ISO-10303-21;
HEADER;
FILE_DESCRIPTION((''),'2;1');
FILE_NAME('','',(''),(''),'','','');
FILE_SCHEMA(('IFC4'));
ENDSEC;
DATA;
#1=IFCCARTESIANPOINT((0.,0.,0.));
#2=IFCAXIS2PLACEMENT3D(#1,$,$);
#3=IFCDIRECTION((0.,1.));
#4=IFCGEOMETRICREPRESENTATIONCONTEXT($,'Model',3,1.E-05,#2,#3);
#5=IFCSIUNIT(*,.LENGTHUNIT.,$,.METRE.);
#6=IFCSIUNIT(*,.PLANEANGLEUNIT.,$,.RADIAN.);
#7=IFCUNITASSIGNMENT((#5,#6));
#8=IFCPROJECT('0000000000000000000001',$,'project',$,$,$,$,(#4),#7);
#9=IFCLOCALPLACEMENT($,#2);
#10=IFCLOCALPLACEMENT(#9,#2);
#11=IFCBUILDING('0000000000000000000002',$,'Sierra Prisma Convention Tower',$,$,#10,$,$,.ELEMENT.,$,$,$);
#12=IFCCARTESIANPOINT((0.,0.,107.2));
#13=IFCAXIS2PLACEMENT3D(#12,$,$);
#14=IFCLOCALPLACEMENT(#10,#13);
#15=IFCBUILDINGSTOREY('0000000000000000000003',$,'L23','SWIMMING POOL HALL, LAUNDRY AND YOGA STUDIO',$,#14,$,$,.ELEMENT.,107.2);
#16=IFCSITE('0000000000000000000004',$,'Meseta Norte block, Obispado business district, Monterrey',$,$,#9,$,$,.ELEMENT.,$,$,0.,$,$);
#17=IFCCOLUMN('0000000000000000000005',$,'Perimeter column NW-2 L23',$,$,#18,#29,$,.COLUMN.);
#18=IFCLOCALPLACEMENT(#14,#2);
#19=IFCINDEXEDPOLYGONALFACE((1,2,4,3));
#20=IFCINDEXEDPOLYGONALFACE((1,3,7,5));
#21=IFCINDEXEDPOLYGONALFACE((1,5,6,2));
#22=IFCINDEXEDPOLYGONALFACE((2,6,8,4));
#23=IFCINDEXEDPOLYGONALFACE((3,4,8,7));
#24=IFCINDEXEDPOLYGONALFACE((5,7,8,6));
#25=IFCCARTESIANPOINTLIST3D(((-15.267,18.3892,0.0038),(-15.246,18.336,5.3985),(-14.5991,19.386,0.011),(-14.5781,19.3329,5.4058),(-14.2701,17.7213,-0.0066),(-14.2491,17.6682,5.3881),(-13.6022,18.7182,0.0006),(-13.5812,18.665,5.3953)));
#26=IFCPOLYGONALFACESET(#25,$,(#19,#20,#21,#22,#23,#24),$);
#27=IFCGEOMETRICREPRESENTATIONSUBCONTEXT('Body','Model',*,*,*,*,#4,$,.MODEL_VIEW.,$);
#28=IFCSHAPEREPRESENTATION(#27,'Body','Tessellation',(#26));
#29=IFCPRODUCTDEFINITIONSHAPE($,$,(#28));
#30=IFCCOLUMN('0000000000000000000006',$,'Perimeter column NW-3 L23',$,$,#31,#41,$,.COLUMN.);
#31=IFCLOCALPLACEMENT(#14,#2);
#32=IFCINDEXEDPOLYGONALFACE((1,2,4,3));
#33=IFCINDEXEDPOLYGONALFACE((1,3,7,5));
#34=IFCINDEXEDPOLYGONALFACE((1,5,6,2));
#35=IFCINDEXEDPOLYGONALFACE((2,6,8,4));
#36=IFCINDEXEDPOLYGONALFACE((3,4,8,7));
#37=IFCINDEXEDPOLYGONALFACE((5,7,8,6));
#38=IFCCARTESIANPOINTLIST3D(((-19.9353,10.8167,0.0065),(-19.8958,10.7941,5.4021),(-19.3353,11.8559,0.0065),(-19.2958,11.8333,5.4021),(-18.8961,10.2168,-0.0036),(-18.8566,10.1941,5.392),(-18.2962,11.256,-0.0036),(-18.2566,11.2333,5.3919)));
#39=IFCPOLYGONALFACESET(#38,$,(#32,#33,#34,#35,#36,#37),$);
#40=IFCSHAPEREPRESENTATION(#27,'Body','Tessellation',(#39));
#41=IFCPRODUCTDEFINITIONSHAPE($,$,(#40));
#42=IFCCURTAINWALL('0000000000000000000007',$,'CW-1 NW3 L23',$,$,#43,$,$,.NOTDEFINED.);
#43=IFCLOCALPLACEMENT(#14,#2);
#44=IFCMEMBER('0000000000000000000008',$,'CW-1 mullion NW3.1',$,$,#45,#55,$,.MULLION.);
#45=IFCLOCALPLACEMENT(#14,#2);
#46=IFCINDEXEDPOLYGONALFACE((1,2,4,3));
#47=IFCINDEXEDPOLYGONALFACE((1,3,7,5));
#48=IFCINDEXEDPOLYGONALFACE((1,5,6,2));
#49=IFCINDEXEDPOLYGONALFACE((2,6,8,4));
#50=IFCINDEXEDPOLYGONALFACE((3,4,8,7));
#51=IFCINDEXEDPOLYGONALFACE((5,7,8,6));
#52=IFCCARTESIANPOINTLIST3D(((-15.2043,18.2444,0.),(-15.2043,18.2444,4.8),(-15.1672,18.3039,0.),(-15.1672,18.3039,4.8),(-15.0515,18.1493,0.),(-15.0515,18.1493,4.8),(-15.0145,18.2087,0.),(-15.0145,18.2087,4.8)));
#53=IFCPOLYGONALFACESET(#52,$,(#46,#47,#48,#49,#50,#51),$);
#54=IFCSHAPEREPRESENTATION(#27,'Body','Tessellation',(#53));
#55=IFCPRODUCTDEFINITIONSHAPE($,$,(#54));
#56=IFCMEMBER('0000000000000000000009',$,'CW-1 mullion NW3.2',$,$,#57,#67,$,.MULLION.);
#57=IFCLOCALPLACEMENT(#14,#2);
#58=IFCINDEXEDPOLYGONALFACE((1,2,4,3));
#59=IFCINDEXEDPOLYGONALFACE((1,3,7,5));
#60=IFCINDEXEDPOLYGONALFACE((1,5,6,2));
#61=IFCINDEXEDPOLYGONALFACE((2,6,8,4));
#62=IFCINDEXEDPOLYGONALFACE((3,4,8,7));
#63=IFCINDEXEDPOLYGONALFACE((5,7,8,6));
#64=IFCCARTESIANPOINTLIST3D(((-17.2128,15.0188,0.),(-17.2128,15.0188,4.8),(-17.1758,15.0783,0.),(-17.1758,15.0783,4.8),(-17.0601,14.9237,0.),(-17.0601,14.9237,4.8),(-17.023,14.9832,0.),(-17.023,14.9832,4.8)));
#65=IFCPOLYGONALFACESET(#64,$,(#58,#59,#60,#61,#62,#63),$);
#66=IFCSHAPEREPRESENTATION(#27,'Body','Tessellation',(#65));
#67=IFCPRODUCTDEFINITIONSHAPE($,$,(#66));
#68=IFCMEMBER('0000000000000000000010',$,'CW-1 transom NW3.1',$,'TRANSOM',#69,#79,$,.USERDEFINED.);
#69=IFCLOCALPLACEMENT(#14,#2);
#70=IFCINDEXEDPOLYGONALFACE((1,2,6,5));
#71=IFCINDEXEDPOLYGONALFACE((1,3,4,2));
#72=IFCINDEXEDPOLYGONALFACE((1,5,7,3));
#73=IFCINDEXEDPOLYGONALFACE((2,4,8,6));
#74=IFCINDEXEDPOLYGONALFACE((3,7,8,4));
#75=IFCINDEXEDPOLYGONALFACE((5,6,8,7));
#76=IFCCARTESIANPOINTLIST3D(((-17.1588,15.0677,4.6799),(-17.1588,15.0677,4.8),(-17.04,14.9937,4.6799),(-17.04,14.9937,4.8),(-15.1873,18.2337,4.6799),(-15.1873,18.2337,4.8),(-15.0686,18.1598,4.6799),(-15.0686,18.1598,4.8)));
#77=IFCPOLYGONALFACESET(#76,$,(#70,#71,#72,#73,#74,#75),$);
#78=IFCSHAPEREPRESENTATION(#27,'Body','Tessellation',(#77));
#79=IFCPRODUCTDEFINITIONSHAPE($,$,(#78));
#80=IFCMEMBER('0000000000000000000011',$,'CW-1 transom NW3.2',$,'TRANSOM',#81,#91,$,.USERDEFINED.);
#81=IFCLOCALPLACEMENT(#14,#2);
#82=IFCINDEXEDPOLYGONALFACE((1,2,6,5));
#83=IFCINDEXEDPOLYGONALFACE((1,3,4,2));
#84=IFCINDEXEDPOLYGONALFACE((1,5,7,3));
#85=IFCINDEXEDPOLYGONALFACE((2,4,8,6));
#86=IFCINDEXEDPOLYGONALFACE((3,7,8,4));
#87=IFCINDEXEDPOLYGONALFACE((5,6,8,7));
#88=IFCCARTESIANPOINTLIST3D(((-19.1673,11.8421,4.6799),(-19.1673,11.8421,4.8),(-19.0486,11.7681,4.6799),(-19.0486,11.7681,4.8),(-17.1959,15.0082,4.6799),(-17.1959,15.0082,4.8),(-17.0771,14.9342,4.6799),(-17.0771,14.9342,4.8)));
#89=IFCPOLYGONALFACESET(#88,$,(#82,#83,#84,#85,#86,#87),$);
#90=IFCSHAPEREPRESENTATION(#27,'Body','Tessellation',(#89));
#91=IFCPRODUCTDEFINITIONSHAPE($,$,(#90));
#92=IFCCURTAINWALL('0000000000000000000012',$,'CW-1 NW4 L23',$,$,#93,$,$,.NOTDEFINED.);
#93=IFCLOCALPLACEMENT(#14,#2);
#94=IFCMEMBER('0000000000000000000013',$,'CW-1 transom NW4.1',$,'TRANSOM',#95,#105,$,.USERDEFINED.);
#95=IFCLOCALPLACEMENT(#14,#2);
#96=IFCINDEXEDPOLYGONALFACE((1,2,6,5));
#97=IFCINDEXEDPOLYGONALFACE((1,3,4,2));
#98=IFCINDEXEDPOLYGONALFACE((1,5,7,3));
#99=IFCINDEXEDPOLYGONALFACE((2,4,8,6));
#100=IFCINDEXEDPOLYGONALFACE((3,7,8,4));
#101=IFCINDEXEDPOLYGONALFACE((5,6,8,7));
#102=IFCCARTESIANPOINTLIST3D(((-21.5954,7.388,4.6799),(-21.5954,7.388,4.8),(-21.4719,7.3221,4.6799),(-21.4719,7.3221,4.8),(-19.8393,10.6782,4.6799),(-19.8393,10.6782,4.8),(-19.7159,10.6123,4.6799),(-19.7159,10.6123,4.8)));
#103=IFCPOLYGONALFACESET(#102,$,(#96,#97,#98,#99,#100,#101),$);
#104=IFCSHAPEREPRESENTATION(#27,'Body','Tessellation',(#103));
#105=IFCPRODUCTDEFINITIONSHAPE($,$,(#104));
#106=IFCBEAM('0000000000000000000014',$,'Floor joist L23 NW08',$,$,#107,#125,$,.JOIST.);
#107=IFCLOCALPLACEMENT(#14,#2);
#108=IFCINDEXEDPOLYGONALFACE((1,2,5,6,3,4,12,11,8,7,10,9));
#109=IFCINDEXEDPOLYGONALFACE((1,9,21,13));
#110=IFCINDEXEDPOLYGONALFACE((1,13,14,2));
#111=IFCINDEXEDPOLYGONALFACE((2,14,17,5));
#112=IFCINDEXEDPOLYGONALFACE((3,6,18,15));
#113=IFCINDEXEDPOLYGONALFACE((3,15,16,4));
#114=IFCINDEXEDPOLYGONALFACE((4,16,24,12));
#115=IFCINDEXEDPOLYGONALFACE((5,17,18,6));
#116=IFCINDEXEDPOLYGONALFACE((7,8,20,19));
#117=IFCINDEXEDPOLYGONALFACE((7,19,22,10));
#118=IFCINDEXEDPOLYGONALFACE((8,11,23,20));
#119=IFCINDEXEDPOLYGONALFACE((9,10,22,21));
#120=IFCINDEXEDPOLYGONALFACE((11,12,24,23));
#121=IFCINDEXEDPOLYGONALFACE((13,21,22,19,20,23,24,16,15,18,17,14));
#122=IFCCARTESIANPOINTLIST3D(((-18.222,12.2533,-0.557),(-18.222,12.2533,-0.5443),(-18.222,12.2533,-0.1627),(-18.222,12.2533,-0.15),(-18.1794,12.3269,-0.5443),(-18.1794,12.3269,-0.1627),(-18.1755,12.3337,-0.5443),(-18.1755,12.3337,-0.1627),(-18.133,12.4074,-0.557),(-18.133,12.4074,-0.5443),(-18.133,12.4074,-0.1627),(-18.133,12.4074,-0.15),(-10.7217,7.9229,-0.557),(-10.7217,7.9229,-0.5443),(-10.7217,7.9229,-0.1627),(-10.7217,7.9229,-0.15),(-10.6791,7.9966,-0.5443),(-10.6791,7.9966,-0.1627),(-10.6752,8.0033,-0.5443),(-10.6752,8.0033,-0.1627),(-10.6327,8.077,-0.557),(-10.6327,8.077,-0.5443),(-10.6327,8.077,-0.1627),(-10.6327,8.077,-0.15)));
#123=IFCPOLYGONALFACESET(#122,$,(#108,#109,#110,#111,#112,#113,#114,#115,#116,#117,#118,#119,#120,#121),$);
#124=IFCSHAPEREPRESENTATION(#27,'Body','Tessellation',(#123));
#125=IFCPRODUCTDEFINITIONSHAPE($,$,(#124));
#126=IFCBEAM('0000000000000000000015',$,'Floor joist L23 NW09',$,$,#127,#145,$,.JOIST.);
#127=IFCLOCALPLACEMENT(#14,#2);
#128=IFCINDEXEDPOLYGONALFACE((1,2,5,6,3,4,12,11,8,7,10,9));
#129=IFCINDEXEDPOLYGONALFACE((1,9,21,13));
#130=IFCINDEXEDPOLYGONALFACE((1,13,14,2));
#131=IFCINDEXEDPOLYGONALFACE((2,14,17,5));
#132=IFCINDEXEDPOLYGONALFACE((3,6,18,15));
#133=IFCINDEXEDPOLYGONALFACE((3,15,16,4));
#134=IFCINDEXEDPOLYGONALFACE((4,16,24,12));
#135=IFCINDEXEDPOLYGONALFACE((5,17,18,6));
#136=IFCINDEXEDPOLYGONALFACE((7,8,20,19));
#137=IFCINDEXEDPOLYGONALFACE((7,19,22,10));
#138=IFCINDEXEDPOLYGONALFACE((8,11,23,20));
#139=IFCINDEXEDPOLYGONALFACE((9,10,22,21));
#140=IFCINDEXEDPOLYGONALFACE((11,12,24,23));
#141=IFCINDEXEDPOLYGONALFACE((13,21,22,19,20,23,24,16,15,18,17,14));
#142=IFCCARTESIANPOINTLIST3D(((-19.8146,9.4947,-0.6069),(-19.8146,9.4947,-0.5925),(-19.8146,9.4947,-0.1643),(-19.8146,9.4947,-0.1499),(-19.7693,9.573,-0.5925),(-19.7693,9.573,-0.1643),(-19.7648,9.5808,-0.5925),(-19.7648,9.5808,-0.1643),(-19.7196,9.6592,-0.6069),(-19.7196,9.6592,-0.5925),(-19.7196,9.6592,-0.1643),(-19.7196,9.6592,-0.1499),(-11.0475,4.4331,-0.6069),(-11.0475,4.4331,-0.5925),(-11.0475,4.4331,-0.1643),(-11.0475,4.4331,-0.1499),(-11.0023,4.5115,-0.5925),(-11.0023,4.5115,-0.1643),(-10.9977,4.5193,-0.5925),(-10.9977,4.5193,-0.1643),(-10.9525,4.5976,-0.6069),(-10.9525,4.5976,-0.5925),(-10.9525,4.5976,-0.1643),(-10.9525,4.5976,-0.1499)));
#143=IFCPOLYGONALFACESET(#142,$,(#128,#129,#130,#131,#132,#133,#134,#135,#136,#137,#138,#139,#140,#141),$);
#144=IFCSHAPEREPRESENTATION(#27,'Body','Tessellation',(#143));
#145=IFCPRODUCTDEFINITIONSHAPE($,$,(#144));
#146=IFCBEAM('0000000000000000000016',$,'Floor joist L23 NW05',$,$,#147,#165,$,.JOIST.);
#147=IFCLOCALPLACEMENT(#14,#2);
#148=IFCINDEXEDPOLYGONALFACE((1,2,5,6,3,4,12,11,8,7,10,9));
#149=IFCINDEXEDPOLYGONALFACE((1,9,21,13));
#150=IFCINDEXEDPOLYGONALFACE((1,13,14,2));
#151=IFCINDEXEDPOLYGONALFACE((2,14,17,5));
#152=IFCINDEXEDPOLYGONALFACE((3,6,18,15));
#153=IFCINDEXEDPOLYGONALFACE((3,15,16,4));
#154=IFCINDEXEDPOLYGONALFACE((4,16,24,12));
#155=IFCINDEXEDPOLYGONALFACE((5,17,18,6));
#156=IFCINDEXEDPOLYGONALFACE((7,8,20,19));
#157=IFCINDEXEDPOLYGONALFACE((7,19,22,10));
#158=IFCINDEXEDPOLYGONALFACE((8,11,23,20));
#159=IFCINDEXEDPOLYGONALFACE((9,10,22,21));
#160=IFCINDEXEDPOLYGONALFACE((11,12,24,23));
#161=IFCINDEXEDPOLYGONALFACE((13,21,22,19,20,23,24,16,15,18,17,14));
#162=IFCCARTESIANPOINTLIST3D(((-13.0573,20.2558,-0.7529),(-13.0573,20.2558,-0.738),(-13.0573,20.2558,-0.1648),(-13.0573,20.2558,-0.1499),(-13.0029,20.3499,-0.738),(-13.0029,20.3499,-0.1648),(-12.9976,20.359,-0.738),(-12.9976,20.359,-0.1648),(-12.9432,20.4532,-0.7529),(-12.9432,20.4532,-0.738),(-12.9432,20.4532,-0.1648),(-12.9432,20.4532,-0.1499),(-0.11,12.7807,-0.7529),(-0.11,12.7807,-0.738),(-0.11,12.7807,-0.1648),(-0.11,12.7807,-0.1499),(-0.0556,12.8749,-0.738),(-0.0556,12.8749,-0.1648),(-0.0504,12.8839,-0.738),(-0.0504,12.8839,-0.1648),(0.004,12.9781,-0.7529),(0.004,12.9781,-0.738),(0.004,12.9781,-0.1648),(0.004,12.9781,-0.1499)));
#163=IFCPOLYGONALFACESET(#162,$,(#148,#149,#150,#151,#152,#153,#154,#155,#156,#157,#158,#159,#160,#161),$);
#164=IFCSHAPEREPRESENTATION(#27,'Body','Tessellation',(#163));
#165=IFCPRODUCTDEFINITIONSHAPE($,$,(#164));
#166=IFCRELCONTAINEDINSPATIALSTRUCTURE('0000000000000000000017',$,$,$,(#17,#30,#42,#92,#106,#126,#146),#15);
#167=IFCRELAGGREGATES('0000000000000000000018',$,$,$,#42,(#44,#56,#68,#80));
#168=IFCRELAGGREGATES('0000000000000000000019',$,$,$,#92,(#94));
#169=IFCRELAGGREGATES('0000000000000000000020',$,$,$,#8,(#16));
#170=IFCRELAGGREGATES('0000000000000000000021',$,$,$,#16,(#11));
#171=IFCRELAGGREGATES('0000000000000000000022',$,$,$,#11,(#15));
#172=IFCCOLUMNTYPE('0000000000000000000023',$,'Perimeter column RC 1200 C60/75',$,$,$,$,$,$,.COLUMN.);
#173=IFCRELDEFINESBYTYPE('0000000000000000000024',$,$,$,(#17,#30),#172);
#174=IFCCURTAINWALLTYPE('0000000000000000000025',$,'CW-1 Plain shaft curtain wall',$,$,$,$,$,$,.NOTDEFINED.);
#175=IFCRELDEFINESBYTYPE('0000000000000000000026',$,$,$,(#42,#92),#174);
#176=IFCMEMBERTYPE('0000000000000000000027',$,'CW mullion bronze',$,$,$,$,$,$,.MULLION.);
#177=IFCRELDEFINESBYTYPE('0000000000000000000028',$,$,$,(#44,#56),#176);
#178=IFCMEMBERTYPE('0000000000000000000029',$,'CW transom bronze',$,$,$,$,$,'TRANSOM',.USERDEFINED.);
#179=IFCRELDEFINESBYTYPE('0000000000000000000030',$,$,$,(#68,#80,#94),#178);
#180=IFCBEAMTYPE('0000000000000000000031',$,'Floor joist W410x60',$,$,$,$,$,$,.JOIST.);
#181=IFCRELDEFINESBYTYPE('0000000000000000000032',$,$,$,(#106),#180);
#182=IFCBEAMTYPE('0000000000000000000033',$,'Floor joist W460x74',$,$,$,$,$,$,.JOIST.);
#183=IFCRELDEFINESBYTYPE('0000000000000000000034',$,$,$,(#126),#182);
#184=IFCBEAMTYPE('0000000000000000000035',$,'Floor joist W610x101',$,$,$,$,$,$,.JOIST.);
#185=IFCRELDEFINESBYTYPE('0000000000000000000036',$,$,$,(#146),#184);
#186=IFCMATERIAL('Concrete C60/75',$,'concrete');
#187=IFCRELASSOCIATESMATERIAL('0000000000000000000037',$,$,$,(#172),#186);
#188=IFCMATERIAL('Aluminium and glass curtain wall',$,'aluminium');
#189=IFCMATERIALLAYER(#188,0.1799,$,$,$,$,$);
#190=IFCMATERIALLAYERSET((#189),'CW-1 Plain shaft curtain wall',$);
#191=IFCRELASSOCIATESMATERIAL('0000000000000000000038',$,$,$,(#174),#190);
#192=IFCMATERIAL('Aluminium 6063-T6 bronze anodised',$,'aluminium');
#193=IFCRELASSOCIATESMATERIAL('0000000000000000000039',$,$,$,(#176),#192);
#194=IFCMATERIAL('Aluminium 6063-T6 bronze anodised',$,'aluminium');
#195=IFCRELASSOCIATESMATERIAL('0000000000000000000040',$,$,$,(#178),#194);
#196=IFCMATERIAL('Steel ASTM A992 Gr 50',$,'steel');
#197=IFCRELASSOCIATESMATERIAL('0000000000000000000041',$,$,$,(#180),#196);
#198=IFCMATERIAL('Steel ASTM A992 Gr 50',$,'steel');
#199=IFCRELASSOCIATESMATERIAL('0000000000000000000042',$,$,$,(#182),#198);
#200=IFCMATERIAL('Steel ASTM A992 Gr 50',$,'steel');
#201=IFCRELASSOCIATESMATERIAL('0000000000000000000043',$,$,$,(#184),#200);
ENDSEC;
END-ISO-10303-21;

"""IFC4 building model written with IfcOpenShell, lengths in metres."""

from ifc_helpers import new_model, si_unit, direction, frame, origin, origin_2d, place, context, subcontext, project, spatial, rectangle, i_section, extrude, clip, halfspace, material, layer, layer_set, material_profile, profile_set, type_object, element, aggregate, save


model = new_model("IFC4")

# Units and contexts
model_context = context("Model", 3, precision=1e-05, world=origin(), true_north=direction((0.0, 1.0)))
body_context = subcontext(model_context, "Body", "Model", "MODEL_VIEW")
ifc_project = project(units=[si_unit("LENGTHUNIT", "METRE"), si_unit("PLANEANGLEUNIT", "RADIAN")], contexts=[model_context])

# Site, building, storey
site_placement = place(None, origin())
site = spatial("IfcSite", under=ifc_project, at=site_placement, Name="Meseta Norte block, Obispado business district, Monterrey", CompositionType="ELEMENT", RefElevation=0.0)
building_placement = place(site_placement, origin())
building = spatial("IfcBuilding", under=site, at=building_placement, Name="Sierra Prisma Convention Tower", CompositionType="ELEMENT")
storey_placement = place(building_placement, frame((0.0, 0.0, 107.2)))
storey = spatial("IfcBuildingStorey", under=building, at=storey_placement, Name="L23", Description="SWIMMING POOL HALL, LAUNDRY AND YOGA STUDIO", CompositionType="ELEMENT", Elevation=107.2)

# Columns
ifc_material_1 = material(Name="Concrete C60/75", Category="concrete")
ifc_material_profile_1 = material_profile(ifc_material_1, rectangle(XDim=1.2, YDim=1.2, at=origin_2d()), Name="Perimeter column RC 1200 C60/75")
ifc_profile_set_1 = profile_set([ifc_material_profile_1], Name="Concrete C60/75")
column_type = type_object("IfcColumnType", Name="Perimeter column RC 1200 C60/75", PredefinedType="COLUMN", material=ifc_profile_set_1)
column_1_placement = place(storey_placement, frame((-14.4346, 18.5537, 0.0), z_axis=(0.003888, -0.009855, 0.999944), x_axis=(0.5566, 0.830759, 0.006024)))
element("IfcColumn", 1, at=column_1_placement, inside=storey, type_object=column_type, Name="Perimeter column NW-2 L23", PredefinedType="COLUMN", context=body_context, shape_type="SweptSolid", body=[
    clip(clip(extrude(rectangle(XDim=1.2, YDim=1.2, at=origin_2d()), origin(), (0.0, 0.0, 1.0), 5.4004), halfspace(frame((0.0, 0.0, 0.0022)), True)), halfspace(frame((0.0, 0.0, 5.3972)), False)),
])
column_2_placement = place(storey_placement, frame((-19.1157, 11.0364, 0.0), z_axis=(0.007324, -0.004204, 0.999964), x_axis=(0.499987, 0.866033, -0.000021)))
element("IfcColumn", 2, at=column_2_placement, inside=storey, type_object=column_type, Name="Perimeter column NW-3 L23", PredefinedType="COLUMN", context=body_context, shape_type="SweptSolid", body=[
    clip(clip(extrude(rectangle(XDim=1.2, YDim=1.2, at=origin_2d()), origin(), (0.0, 0.0, 1.0), 5.4004), halfspace(frame((0.0, 0.0, 0.0015)), True)), halfspace(frame((0.0, 0.0, 5.3972)), False)),
])

# Curtain wall, members
ifc_material_2 = material(Name="Aluminium and glass curtain wall", Category="aluminium")
ifc_layer_1 = layer(ifc_material_2, 0.1799)
ifc_layer_set_1 = layer_set([ifc_layer_1], Name="CW-1 Plain shaft curtain wall")
curtain_wall_type = type_object("IfcCurtainWallType", Name="CW-1 Plain shaft curtain wall", PredefinedType="NOTDEFINED", material=ifc_layer_set_1)
curtain_wall_1_placement = place(storey_placement, origin())
curtain_wall_1 = element("IfcCurtainWall", 3, at=curtain_wall_1_placement, inside=storey, type_object=curtain_wall_type, Name="CW-1 NW3 L23", PredefinedType="NOTDEFINED")
ifc_material_3 = material(Name="Aluminium 6063-T6 bronze anodised", Category="aluminium")
ifc_material_profile_2 = material_profile(ifc_material_3, rectangle(XDim=0.1799, YDim=0.0701, at=origin_2d()), Name="ALU MULLION 70x180")
ifc_profile_set_2 = profile_set([ifc_material_profile_2], Name="Aluminium 6063-T6 bronze anodised")
member_type_1 = type_object("IfcMemberType", Name="CW mullion bronze", PredefinedType="MULLION", material=ifc_profile_set_2)
member_1_placement = place(storey_placement, frame((-15.1094, 18.2266, 0.0), z_axis=(0.0, 0.0, 1.0), x_axis=(0.848874, -0.528596, 0.0)))
member_1 = element("IfcMember", 4, at=member_1_placement, type_object=member_type_1, Name="CW-1 mullion NW3.1", PredefinedType="MULLION", context=body_context, shape_type="SweptSolid", body=[
    extrude(rectangle(XDim=0.1799, YDim=0.0701, at=origin_2d()), origin(), (0.0, 0.0, 1.0), 4.8),
])
member_2_placement = place(storey_placement, frame((-17.1179, 15.001, 0.0), z_axis=(0.0, 0.0, 1.0), x_axis=(0.848874, -0.528596, 0.0)))
member_2 = element("IfcMember", 5, at=member_2_placement, type_object=member_type_1, Name="CW-1 mullion NW3.2", PredefinedType="MULLION", context=body_context, shape_type="SweptSolid", body=[
    extrude(rectangle(XDim=0.1799, YDim=0.0701, at=origin_2d()), origin(), (0.0, 0.0, 1.0), 4.8),
])
ifc_material_4 = material(Name="Aluminium 6063-T6 bronze anodised", Category="aluminium")
ifc_material_profile_3 = material_profile(ifc_material_4, rectangle(XDim=0.1399, YDim=0.1201, at=origin_2d()), Name="ALU TRANSOM 120x140")
ifc_profile_set_3 = profile_set([ifc_material_profile_3], Name="Aluminium 6063-T6 bronze anodised")
member_type_2 = type_object("IfcMemberType", Name="CW transom bronze", ElementType="TRANSOM", PredefinedType="USERDEFINED", material=ifc_profile_set_3)
member_3_placement = place(storey_placement, frame((-15.1279, 18.1968, 4.74), z_axis=(-0.528586, -0.84888, 0.0), x_axis=(0.84888, -0.528586, 0.0)))
member_3 = element("IfcMember", 6, at=member_3_placement, type_object=member_type_2, Name="CW-1 transom NW3.1", ObjectType="TRANSOM", PredefinedType="USERDEFINED", context=body_context, shape_type="SweptSolid", body=[
    extrude(rectangle(XDim=0.1399, YDim=0.1201, at=origin_2d()), origin(), (0.0, 0.0, 1.0), 3.7297),
])
member_4_placement = place(storey_placement, frame((-17.1365, 14.9712, 4.74), z_axis=(-0.528586, -0.84888, 0.0), x_axis=(0.84888, -0.528586, 0.0)))
member_4 = element("IfcMember", 7, at=member_4_placement, type_object=member_type_2, Name="CW-1 transom NW3.2", ObjectType="TRANSOM", PredefinedType="USERDEFINED", context=body_context, shape_type="SweptSolid", body=[
    extrude(rectangle(XDim=0.1399, YDim=0.1201, at=origin_2d()), origin(), (0.0, 0.0, 1.0), 3.7297),
])

# Curtain wall, member
curtain_wall_2_placement = place(storey_placement, origin())
curtain_wall_2 = element("IfcCurtainWall", 8, at=curtain_wall_2_placement, inside=storey, type_object=curtain_wall_type, Name="CW-1 NW4 L23", PredefinedType="NOTDEFINED")
member_5_placement = place(storey_placement, frame((-19.7776, 10.6453, 4.74), z_axis=(-0.470857, -0.88221, 0.0), x_axis=(0.88221, -0.470857, 0.0)))
member_5 = element("IfcMember", 9, at=member_5_placement, type_object=member_type_2, Name="CW-1 transom NW4.1", ObjectType="TRANSOM", PredefinedType="USERDEFINED", context=body_context, shape_type="SweptSolid", body=[
    extrude(rectangle(XDim=0.1399, YDim=0.1201, at=origin_2d()), origin(), (0.0, 0.0, 1.0), 3.7295),
])

# Beams
ifc_material_5 = material(Name="Steel ASTM A992 Gr 50", Category="steel")
ifc_material_profile_4 = material_profile(ifc_material_5, i_section(OverallWidth=0.178, OverallDepth=0.407, WebThickness=0.0078, FlangeThickness=0.0127, at=origin_2d()), Name="W410x60")
ifc_profile_set_4 = profile_set([ifc_material_profile_4], Name="Steel ASTM A992 Gr 50")
beam_type_1 = type_object("IfcBeamType", Name="Floor joist W410x60", PredefinedType="JOIST", material=ifc_profile_set_4)
beam_1_placement = place(storey_placement, frame((-18.1775, 12.3303, -0.3535), z_axis=(0.866023, -0.500005, 0.0), x_axis=(0.500005, 0.866023, 0.0)))
element("IfcBeam", 10, at=beam_1_placement, inside=storey, type_object=beam_type_1, Name="Floor joist L23 NW08", PredefinedType="JOIST", context=body_context, shape_type="SweptSolid", body=[
    extrude(i_section(OverallWidth=0.178, OverallDepth=0.407, WebThickness=0.0078, FlangeThickness=0.0127, at=origin_2d()), origin(), (0.0, 0.0, 1.0), 8.6606),
])
ifc_material_6 = material(Name="Steel ASTM A992 Gr 50", Category="steel")
ifc_material_profile_5 = material_profile(ifc_material_6, i_section(OverallWidth=0.1899, OverallDepth=0.457, WebThickness=0.009, FlangeThickness=0.0144, at=origin_2d()), Name="W460x74")
ifc_profile_set_5 = profile_set([ifc_material_profile_5], Name="Steel ASTM A992 Gr 50")
beam_type_2 = type_object("IfcBeamType", Name="Floor joist W460x74", PredefinedType="JOIST", material=ifc_profile_set_5)
beam_2_placement = place(storey_placement, frame((-19.7671, 9.5769, -0.3784), z_axis=(0.866032, -0.499988, 0.0), x_axis=(0.499988, 0.866032, 0.0)))
element("IfcBeam", 11, at=beam_2_placement, inside=storey, type_object=beam_type_2, Name="Floor joist L23 NW09", PredefinedType="JOIST", context=body_context, shape_type="SweptSolid", body=[
    extrude(i_section(OverallWidth=0.1899, OverallDepth=0.457, WebThickness=0.009, FlangeThickness=0.0144, at=origin_2d()), origin(), (0.0, 0.0, 1.0), 10.1233),
])
ifc_material_7 = material(Name="Steel ASTM A992 Gr 50", Category="steel")
ifc_material_profile_6 = material_profile(ifc_material_7, i_section(OverallWidth=0.228, OverallDepth=0.603, WebThickness=0.0105, FlangeThickness=0.0149, at=origin_2d()), Name="W610x101")
ifc_profile_set_6 = profile_set([ifc_material_profile_6], Name="Steel ASTM A992 Gr 50")
beam_type_3 = type_object("IfcBeamType", Name="Floor joist W610x101", PredefinedType="JOIST", material=ifc_profile_set_6)
beam_3_placement = place(storey_placement, frame((-13.0002, 20.3545, -0.4514), z_axis=(0.866026, -0.5, 0.0), x_axis=(0.5, 0.866026, 0.0)))
element("IfcBeam", 12, at=beam_3_placement, inside=storey, type_object=beam_type_3, Name="Floor joist L23 NW05", PredefinedType="JOIST", context=body_context, shape_type="SweptSolid", body=[
    extrude(i_section(OverallWidth=0.228, OverallDepth=0.603, WebThickness=0.0105, FlangeThickness=0.0149, at=origin_2d()), origin(), (0.0, 0.0, 1.0), 14.9502),
])

aggregate(curtain_wall_1, [member_1, member_2, member_3, member_4])
aggregate(curtain_wall_2, [member_5])

save(model, "model.ifc")
